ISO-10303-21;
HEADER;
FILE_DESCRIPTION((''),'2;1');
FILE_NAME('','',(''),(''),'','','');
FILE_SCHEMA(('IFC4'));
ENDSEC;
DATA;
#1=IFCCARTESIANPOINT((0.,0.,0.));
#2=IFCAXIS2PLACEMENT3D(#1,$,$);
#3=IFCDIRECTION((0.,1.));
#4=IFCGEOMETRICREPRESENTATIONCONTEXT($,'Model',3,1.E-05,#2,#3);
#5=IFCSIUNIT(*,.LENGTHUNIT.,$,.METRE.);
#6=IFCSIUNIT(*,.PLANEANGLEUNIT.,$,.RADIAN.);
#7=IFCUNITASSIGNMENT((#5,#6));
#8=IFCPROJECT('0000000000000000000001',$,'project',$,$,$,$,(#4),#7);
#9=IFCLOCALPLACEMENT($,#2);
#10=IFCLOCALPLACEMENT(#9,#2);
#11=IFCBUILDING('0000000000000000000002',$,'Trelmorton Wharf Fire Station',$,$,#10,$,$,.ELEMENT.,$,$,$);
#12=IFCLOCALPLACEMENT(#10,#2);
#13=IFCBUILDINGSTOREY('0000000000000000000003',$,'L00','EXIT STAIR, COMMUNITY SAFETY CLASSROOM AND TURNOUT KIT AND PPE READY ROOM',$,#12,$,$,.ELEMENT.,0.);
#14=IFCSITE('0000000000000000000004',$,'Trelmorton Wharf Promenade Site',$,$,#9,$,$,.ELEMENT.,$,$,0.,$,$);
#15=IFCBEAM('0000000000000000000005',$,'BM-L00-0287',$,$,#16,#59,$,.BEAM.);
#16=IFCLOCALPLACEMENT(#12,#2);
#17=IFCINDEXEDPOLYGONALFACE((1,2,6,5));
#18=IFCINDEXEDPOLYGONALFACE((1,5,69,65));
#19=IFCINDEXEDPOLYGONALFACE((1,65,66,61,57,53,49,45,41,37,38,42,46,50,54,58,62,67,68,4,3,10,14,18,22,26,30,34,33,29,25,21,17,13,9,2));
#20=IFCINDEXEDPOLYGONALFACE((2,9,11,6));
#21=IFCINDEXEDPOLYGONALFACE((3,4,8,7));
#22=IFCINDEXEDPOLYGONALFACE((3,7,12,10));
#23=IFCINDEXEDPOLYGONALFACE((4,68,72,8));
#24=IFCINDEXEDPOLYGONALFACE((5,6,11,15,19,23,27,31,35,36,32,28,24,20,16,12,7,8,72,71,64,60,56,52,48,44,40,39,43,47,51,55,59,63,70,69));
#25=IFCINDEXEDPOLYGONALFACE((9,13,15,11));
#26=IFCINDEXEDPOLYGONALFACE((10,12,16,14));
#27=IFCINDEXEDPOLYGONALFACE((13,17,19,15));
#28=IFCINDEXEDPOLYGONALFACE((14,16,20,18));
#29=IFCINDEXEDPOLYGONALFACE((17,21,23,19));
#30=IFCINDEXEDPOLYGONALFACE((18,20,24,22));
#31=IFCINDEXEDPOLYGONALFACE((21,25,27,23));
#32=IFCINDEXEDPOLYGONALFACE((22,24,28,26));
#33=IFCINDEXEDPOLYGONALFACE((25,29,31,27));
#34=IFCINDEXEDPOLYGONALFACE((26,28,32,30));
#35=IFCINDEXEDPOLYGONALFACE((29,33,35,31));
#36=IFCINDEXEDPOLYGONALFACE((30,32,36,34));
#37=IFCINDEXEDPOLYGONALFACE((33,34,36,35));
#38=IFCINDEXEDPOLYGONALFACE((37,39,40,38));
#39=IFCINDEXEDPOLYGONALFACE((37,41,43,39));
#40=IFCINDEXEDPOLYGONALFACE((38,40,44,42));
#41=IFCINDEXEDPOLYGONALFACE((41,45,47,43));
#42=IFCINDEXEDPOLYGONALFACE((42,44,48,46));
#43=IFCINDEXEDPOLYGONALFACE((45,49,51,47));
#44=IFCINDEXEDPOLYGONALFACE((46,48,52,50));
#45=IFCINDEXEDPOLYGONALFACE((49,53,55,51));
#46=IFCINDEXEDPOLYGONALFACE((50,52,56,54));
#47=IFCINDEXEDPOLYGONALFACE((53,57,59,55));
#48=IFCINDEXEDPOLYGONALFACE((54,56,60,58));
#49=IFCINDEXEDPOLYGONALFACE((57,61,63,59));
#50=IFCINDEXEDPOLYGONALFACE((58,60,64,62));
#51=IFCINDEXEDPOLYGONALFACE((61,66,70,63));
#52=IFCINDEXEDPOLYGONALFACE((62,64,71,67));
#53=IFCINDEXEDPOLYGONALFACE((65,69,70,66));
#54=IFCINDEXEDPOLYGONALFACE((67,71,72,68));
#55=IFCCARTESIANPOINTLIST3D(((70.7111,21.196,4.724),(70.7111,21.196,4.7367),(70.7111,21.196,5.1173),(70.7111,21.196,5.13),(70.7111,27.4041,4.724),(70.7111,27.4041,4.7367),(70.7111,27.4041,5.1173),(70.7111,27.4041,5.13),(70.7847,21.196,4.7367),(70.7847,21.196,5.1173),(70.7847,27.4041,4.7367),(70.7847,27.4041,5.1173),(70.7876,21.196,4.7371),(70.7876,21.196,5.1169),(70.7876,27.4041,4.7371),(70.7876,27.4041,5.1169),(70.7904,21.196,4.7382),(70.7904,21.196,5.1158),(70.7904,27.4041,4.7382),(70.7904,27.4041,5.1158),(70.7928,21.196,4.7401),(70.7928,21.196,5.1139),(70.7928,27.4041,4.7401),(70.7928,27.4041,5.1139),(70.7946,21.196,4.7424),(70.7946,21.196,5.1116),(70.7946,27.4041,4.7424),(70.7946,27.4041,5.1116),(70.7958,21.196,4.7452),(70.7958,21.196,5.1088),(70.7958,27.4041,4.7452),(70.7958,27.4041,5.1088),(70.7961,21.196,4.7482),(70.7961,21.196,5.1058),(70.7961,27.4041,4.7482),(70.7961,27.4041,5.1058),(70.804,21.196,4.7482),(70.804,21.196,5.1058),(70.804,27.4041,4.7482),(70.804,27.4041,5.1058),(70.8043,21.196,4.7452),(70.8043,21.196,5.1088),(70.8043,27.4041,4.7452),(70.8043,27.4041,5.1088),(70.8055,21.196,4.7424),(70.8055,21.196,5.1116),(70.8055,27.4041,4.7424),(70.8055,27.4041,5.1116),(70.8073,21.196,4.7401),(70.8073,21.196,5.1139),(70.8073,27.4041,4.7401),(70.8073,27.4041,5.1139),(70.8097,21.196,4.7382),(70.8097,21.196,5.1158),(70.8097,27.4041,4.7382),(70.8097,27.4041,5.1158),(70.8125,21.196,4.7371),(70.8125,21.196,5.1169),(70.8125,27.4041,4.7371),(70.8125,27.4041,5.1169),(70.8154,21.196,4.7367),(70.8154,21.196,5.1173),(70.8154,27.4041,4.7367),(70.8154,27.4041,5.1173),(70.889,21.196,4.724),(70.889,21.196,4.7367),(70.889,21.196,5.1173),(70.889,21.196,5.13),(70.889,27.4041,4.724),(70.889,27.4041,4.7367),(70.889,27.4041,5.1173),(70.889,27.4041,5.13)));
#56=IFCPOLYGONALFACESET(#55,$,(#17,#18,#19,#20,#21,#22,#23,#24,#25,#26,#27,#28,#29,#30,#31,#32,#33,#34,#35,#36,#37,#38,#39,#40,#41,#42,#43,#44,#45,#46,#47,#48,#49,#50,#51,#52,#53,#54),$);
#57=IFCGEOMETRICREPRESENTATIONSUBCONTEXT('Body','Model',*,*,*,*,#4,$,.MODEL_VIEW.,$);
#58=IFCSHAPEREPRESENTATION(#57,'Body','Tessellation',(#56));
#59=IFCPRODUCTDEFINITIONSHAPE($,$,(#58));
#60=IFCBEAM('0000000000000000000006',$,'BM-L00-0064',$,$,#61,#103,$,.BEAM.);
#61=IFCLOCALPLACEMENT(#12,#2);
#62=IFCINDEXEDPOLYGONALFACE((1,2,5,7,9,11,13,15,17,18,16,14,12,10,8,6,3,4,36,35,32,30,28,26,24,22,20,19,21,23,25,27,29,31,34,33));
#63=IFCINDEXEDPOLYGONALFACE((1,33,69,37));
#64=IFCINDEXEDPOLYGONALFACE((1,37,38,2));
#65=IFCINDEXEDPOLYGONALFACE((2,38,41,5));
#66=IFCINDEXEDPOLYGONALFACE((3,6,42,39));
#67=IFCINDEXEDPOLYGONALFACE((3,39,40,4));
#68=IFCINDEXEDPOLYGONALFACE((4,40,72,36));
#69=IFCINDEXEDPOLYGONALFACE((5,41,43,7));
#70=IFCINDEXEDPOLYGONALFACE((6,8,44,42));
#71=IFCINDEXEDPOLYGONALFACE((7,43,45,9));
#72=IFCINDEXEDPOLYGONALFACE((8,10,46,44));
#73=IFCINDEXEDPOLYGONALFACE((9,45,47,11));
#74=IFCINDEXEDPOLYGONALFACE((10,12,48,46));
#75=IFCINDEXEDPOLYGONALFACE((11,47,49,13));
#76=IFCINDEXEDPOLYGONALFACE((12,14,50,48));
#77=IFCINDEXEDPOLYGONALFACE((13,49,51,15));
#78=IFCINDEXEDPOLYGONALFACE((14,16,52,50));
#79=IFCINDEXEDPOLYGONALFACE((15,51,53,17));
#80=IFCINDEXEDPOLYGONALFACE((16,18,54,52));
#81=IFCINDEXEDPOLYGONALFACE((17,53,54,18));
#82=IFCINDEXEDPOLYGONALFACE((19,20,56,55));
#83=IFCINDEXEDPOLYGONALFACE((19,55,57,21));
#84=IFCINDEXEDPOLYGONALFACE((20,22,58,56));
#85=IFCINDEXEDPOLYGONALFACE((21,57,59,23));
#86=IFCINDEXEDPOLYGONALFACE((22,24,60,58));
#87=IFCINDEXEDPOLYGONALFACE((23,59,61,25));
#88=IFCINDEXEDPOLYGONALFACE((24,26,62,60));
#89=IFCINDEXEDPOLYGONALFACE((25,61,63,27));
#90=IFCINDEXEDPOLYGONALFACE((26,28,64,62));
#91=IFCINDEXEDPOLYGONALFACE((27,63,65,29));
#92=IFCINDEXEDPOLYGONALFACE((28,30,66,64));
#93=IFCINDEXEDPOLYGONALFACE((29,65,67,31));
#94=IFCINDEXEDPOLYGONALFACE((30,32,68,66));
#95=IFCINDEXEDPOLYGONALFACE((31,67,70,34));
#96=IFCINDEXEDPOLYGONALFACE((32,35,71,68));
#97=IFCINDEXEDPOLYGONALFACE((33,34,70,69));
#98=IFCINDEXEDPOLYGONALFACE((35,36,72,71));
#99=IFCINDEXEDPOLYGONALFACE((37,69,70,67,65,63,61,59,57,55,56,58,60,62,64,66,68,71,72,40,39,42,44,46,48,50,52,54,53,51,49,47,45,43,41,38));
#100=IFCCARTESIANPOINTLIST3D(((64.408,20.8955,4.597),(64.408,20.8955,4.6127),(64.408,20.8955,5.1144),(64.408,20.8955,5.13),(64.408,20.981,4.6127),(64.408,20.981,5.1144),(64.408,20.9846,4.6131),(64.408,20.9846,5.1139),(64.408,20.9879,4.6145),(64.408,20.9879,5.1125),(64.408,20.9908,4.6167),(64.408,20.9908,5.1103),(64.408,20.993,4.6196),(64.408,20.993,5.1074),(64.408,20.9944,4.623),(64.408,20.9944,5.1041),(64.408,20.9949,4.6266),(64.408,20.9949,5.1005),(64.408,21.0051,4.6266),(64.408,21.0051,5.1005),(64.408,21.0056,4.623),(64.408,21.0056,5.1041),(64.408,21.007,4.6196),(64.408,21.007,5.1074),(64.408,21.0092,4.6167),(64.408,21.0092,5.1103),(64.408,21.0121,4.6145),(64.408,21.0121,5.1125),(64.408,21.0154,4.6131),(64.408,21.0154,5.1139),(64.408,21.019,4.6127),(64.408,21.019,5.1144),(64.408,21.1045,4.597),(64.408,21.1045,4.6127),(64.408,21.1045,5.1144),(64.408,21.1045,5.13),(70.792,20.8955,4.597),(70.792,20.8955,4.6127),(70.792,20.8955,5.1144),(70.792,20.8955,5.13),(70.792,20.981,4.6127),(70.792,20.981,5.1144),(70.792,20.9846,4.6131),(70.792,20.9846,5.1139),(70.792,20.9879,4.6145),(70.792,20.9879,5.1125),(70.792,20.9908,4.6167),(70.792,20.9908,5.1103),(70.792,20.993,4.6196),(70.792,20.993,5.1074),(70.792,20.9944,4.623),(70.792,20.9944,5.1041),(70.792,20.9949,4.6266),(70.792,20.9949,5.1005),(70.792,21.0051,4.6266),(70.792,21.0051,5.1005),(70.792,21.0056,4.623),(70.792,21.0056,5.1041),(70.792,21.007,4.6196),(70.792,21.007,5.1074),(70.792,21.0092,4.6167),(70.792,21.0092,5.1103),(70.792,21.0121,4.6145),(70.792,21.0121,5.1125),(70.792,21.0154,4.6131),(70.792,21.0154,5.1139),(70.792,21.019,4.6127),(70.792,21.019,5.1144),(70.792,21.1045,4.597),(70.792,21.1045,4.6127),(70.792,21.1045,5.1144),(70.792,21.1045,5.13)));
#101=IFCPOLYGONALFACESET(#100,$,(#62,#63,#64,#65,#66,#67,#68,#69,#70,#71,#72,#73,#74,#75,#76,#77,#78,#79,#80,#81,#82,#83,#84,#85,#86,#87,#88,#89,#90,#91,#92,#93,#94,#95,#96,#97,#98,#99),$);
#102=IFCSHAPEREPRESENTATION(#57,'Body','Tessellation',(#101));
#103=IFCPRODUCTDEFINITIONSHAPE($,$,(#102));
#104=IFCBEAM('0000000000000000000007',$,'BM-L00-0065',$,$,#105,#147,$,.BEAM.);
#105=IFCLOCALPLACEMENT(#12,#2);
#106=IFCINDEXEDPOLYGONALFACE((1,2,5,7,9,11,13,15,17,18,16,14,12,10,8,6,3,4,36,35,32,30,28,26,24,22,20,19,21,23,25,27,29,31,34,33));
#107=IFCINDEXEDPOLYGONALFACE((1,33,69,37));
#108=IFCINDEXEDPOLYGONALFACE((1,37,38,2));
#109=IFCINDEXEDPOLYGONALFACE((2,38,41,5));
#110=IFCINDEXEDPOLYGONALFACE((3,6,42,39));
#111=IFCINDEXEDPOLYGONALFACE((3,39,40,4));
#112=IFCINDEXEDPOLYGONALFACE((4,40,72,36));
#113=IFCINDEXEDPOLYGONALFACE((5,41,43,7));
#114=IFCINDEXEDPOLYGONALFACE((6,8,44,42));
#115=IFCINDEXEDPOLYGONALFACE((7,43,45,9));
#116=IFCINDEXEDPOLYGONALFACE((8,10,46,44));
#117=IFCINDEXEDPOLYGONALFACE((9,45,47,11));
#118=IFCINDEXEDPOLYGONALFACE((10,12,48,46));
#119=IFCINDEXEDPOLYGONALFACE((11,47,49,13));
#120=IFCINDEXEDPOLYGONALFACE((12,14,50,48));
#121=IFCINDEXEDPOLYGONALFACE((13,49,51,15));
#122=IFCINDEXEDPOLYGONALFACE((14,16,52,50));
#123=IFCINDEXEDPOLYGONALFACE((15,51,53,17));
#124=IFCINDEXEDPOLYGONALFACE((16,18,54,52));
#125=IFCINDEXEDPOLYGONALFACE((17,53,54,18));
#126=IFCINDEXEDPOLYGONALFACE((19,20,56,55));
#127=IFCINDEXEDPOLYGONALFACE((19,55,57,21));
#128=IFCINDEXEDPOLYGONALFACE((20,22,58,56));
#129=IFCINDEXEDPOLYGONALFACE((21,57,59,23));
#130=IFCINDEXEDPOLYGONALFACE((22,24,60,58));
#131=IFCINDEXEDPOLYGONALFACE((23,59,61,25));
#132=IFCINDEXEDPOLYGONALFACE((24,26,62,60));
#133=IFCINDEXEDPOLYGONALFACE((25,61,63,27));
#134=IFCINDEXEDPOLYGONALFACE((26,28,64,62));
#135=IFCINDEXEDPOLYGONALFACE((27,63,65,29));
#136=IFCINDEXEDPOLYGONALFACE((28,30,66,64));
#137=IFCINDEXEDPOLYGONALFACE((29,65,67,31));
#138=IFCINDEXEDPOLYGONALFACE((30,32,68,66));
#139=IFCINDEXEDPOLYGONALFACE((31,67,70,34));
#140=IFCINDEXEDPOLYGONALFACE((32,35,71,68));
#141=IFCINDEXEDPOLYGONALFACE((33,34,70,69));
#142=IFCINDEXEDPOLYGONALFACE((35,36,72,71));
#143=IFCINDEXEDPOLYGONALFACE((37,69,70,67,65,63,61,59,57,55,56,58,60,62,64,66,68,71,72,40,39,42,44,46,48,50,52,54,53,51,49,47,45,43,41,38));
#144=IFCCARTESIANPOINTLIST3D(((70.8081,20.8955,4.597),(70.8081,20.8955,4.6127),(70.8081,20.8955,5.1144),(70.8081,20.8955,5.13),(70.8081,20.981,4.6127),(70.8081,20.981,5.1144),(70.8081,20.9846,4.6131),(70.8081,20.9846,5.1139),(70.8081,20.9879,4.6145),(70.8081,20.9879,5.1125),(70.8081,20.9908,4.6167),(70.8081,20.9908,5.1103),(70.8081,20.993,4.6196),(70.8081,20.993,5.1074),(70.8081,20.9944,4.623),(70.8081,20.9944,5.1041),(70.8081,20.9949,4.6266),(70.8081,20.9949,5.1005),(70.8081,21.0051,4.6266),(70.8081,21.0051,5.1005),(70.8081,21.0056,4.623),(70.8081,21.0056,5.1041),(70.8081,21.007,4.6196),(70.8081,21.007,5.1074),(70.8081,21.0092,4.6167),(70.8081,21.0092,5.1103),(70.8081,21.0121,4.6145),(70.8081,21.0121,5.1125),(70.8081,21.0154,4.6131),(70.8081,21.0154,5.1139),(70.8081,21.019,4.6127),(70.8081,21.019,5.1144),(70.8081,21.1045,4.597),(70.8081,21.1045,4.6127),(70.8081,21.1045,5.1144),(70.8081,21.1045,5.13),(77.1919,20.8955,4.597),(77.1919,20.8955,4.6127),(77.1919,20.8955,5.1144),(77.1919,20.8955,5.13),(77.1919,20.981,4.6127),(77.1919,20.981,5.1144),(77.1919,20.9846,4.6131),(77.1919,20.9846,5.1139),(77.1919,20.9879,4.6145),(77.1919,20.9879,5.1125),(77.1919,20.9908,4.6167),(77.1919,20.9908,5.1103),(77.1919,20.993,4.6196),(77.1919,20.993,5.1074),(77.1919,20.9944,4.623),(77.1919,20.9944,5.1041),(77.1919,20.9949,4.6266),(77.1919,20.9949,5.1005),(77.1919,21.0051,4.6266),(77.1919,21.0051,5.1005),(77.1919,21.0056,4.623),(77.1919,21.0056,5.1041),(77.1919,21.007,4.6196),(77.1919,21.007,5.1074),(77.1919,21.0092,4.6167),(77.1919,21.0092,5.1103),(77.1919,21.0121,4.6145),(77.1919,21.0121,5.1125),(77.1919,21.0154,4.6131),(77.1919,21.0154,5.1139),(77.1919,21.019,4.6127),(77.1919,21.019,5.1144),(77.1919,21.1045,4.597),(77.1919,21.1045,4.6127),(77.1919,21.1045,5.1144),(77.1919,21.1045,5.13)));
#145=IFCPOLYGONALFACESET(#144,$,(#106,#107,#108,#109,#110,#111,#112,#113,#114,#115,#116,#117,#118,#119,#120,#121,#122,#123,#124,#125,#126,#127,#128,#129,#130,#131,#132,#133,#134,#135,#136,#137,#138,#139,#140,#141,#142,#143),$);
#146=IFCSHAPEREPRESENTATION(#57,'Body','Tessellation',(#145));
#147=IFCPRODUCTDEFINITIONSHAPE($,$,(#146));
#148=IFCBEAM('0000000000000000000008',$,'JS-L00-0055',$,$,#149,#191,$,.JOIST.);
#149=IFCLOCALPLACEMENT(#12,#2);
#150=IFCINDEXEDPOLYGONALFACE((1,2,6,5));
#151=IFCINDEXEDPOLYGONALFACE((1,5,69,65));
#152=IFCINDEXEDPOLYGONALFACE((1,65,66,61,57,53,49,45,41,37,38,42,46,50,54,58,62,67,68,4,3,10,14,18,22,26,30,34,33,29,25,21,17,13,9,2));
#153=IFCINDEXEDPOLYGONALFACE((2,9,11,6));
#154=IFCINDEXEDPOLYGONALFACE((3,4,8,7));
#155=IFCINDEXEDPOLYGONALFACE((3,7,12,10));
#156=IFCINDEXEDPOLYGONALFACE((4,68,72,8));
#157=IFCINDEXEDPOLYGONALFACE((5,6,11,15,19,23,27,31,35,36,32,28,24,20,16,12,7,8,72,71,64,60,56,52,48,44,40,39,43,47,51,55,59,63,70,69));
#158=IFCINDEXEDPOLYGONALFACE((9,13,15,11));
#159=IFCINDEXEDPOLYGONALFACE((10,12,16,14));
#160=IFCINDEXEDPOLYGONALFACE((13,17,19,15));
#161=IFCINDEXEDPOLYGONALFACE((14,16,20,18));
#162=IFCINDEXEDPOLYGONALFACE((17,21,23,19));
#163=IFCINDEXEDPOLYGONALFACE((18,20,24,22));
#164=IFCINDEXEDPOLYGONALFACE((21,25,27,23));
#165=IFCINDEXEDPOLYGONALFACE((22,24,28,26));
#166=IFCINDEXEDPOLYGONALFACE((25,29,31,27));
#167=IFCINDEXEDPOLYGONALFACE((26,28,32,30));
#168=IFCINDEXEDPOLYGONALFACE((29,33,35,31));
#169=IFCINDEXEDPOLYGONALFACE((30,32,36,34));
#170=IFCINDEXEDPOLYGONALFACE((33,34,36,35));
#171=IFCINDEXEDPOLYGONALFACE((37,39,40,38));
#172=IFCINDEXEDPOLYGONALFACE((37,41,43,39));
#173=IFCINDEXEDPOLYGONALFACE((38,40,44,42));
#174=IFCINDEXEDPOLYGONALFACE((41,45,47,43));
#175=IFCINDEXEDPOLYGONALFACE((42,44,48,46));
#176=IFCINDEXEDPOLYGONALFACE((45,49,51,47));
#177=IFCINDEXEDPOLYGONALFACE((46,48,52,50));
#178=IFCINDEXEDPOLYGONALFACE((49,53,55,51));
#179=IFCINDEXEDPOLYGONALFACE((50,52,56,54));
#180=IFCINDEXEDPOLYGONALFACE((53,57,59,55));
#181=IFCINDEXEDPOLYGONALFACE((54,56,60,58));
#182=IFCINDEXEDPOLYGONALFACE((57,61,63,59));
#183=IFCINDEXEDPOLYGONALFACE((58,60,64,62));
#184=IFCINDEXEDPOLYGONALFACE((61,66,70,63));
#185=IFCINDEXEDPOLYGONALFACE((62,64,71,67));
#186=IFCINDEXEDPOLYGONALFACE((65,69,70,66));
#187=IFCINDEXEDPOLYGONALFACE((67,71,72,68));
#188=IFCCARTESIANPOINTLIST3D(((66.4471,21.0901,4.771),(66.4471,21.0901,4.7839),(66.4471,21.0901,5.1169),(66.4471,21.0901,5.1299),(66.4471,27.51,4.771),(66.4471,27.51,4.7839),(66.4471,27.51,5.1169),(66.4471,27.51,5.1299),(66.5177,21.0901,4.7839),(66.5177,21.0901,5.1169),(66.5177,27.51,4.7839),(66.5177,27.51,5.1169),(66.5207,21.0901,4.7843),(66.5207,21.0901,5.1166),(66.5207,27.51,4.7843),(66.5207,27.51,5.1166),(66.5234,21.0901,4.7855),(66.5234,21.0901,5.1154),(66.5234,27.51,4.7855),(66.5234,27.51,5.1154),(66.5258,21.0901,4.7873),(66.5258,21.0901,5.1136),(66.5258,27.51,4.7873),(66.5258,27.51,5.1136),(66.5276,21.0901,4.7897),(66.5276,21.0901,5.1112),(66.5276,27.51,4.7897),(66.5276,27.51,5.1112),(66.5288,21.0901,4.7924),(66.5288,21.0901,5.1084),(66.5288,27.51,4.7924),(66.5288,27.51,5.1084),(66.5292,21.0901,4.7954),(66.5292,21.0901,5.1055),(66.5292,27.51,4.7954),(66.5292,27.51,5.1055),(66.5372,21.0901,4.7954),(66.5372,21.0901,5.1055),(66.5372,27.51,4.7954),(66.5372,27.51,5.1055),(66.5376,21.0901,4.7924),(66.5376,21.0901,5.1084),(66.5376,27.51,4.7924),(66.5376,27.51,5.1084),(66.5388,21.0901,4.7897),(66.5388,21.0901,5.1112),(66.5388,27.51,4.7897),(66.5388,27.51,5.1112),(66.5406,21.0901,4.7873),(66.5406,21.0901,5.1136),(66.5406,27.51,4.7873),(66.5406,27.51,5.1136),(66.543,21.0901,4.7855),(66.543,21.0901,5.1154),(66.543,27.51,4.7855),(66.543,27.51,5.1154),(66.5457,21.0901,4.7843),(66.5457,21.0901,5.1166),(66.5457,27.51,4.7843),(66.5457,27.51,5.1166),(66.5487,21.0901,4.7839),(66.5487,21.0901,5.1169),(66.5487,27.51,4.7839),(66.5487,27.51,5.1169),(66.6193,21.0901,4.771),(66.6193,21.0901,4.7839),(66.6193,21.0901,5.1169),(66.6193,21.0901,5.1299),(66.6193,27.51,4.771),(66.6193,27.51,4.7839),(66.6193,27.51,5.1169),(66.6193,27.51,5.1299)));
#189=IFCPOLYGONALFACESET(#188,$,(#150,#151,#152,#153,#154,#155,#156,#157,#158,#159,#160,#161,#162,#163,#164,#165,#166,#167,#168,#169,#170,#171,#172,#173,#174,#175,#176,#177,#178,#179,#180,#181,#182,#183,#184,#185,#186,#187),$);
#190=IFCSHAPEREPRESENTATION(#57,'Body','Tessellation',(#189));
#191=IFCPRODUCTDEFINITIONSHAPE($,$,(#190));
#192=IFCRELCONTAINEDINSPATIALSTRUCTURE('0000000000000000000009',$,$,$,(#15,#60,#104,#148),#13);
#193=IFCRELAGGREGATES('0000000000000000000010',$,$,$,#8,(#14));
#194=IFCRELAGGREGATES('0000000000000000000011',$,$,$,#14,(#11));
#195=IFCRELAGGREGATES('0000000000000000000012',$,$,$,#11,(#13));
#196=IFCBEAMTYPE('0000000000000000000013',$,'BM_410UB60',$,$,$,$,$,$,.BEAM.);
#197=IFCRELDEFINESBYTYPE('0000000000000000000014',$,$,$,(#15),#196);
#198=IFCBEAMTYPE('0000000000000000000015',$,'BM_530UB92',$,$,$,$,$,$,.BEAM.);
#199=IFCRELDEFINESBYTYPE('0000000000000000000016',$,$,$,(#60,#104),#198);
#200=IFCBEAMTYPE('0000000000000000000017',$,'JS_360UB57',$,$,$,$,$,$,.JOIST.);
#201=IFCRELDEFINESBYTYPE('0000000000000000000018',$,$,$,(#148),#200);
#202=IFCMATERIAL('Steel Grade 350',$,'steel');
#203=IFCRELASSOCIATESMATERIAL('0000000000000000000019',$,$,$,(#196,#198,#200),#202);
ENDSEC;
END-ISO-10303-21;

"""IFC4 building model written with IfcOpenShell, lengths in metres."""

from ifc_helpers import new_model, si_unit, direction, frame, origin, origin_2d, place, context, subcontext, project, spatial, i_section, extrude, material, material_profile, profile_set, type_object, element, save


model = new_model("IFC4")

# Units and contexts
model_context = context("Model", 3, precision=1e-05, world=origin(), true_north=direction((0.0, 1.0)))
body_context = subcontext(model_context, "Body", "Model", "MODEL_VIEW")
ifc_project = project(units=[si_unit("LENGTHUNIT", "METRE"), si_unit("PLANEANGLEUNIT", "RADIAN")], contexts=[model_context])

# Site, building, storey
site_placement = place(None, origin())
site = spatial("IfcSite", under=ifc_project, at=site_placement, Name="Trelmorton Wharf Promenade Site", CompositionType="ELEMENT", RefElevation=0.0)
building_placement = place(site_placement, origin())
building = spatial("IfcBuilding", under=site, at=building_placement, Name="Trelmorton Wharf Fire Station", CompositionType="ELEMENT")
storey_placement = place(building_placement, origin())
storey = spatial("IfcBuildingStorey", under=building, at=storey_placement, Name="L00", Description="EXIT STAIR, COMMUNITY SAFETY CLASSROOM AND TURNOUT KIT AND PPE READY ROOM", CompositionType="ELEMENT", Elevation=0.0)

# Shared definitions
ifc_material_1 = material(Name="Steel Grade 350", Category="steel")

# Beams
ifc_material_profile_1 = material_profile(ifc_material_1, i_section(OverallWidth=0.178, OverallDepth=0.406, WebThickness=0.0078, FlangeThickness=0.0127, FilletRadius=0.0115, at=origin_2d()), Name="410UB59.7")
ifc_profile_set_1 = profile_set([ifc_material_profile_1], Name="Steel Grade 350")
beam_type_1 = type_object("IfcBeamType", Name="BM_410UB60", PredefinedType="BEAM", material=ifc_profile_set_1)
for number, where, z_axis, x_axis, name in (
    (1, (70.8, 21.196, 4.927), (0.0, 1.0, 0.0), (-1.0, 0.0, 0.0), "BM-L00-0287"),
):
    element("IfcBeam", number, at=place(storey_placement, frame(where, z_axis=z_axis, x_axis=x_axis)), inside=storey, type_object=beam_type_1, Name=name, PredefinedType="BEAM", context=body_context, shape_type="SweptSolid", body=[
        extrude(i_section(OverallWidth=0.178, OverallDepth=0.406, WebThickness=0.0078, FlangeThickness=0.0127, FilletRadius=0.0115, at=origin_2d()), origin(), (0.0, 0.0, 1.0), 6.208),
    ])
ifc_material_profile_2 = material_profile(ifc_material_1, i_section(OverallWidth=0.209, OverallDepth=0.533, WebThickness=0.0103, FlangeThickness=0.0156, FilletRadius=0.0139, at=origin_2d()), Name="530UB92.4")
ifc_profile_set_2 = profile_set([ifc_material_profile_2], Name="Steel Grade 350")
beam_type_2 = type_object("IfcBeamType", Name="BM_530UB92", PredefinedType="BEAM", material=ifc_profile_set_2)
beam_1_placement = place(storey_placement, frame((64.408, 21.0, 4.8635), z_axis=(1.0, 0.0, 0.0), x_axis=(0.0, 1.0, 0.0)))
element("IfcBeam", 2, at=beam_1_placement, inside=storey, type_object=beam_type_2, Name="BM-L00-0064", PredefinedType="BEAM", context=body_context, shape_type="SweptSolid", body=[
    extrude(i_section(OverallWidth=0.209, OverallDepth=0.533, WebThickness=0.0103, FlangeThickness=0.0156, FilletRadius=0.0139, at=origin_2d()), origin(), (0.0, 0.0, 1.0), 6.384),
])
beam_2_placement = place(storey_placement, frame((70.8081, 21.0, 4.8635), z_axis=(1.0, 0.0, 0.0), x_axis=(0.0, 1.0, 0.0)))
element("IfcBeam", 3, at=beam_2_placement, inside=storey, type_object=beam_type_2, Name="BM-L00-0065", PredefinedType="BEAM", context=body_context, shape_type="SweptSolid", body=[
    extrude(i_section(OverallWidth=0.209, OverallDepth=0.533, WebThickness=0.0103, FlangeThickness=0.0156, FilletRadius=0.0139, at=origin_2d()), origin(), (0.0, 0.0, 1.0), 6.3838),
])
ifc_material_profile_3 = material_profile(ifc_material_1, i_section(OverallWidth=0.1721, OverallDepth=0.3589, WebThickness=0.0081, FlangeThickness=0.0129, FilletRadius=0.0115, at=origin_2d()), Name="360UB56.7")
ifc_profile_set_3 = profile_set([ifc_material_profile_3], Name="Steel Grade 350")
beam_type_3 = type_object("IfcBeamType", Name="JS_360UB57", PredefinedType="JOIST", material=ifc_profile_set_3)
for number, where, z_axis, x_axis, name in (
    (4, (66.5332, 21.0901, 4.9504), (0.0, 1.0, 0.0), (-1.0, 0.0, 0.0), "JS-L00-0055"),
):
    element("IfcBeam", number, at=place(storey_placement, frame(where, z_axis=z_axis, x_axis=x_axis)), inside=storey, type_object=beam_type_3, Name=name, PredefinedType="JOIST", context=body_context, shape_type="SweptSolid", body=[
        extrude(i_section(OverallWidth=0.1721, OverallDepth=0.3589, WebThickness=0.0081, FlangeThickness=0.0129, FilletRadius=0.0115, at=origin_2d()), origin(), (0.0, 0.0, 1.0), 6.4199),
    ])

save(model, "model.ifc")
